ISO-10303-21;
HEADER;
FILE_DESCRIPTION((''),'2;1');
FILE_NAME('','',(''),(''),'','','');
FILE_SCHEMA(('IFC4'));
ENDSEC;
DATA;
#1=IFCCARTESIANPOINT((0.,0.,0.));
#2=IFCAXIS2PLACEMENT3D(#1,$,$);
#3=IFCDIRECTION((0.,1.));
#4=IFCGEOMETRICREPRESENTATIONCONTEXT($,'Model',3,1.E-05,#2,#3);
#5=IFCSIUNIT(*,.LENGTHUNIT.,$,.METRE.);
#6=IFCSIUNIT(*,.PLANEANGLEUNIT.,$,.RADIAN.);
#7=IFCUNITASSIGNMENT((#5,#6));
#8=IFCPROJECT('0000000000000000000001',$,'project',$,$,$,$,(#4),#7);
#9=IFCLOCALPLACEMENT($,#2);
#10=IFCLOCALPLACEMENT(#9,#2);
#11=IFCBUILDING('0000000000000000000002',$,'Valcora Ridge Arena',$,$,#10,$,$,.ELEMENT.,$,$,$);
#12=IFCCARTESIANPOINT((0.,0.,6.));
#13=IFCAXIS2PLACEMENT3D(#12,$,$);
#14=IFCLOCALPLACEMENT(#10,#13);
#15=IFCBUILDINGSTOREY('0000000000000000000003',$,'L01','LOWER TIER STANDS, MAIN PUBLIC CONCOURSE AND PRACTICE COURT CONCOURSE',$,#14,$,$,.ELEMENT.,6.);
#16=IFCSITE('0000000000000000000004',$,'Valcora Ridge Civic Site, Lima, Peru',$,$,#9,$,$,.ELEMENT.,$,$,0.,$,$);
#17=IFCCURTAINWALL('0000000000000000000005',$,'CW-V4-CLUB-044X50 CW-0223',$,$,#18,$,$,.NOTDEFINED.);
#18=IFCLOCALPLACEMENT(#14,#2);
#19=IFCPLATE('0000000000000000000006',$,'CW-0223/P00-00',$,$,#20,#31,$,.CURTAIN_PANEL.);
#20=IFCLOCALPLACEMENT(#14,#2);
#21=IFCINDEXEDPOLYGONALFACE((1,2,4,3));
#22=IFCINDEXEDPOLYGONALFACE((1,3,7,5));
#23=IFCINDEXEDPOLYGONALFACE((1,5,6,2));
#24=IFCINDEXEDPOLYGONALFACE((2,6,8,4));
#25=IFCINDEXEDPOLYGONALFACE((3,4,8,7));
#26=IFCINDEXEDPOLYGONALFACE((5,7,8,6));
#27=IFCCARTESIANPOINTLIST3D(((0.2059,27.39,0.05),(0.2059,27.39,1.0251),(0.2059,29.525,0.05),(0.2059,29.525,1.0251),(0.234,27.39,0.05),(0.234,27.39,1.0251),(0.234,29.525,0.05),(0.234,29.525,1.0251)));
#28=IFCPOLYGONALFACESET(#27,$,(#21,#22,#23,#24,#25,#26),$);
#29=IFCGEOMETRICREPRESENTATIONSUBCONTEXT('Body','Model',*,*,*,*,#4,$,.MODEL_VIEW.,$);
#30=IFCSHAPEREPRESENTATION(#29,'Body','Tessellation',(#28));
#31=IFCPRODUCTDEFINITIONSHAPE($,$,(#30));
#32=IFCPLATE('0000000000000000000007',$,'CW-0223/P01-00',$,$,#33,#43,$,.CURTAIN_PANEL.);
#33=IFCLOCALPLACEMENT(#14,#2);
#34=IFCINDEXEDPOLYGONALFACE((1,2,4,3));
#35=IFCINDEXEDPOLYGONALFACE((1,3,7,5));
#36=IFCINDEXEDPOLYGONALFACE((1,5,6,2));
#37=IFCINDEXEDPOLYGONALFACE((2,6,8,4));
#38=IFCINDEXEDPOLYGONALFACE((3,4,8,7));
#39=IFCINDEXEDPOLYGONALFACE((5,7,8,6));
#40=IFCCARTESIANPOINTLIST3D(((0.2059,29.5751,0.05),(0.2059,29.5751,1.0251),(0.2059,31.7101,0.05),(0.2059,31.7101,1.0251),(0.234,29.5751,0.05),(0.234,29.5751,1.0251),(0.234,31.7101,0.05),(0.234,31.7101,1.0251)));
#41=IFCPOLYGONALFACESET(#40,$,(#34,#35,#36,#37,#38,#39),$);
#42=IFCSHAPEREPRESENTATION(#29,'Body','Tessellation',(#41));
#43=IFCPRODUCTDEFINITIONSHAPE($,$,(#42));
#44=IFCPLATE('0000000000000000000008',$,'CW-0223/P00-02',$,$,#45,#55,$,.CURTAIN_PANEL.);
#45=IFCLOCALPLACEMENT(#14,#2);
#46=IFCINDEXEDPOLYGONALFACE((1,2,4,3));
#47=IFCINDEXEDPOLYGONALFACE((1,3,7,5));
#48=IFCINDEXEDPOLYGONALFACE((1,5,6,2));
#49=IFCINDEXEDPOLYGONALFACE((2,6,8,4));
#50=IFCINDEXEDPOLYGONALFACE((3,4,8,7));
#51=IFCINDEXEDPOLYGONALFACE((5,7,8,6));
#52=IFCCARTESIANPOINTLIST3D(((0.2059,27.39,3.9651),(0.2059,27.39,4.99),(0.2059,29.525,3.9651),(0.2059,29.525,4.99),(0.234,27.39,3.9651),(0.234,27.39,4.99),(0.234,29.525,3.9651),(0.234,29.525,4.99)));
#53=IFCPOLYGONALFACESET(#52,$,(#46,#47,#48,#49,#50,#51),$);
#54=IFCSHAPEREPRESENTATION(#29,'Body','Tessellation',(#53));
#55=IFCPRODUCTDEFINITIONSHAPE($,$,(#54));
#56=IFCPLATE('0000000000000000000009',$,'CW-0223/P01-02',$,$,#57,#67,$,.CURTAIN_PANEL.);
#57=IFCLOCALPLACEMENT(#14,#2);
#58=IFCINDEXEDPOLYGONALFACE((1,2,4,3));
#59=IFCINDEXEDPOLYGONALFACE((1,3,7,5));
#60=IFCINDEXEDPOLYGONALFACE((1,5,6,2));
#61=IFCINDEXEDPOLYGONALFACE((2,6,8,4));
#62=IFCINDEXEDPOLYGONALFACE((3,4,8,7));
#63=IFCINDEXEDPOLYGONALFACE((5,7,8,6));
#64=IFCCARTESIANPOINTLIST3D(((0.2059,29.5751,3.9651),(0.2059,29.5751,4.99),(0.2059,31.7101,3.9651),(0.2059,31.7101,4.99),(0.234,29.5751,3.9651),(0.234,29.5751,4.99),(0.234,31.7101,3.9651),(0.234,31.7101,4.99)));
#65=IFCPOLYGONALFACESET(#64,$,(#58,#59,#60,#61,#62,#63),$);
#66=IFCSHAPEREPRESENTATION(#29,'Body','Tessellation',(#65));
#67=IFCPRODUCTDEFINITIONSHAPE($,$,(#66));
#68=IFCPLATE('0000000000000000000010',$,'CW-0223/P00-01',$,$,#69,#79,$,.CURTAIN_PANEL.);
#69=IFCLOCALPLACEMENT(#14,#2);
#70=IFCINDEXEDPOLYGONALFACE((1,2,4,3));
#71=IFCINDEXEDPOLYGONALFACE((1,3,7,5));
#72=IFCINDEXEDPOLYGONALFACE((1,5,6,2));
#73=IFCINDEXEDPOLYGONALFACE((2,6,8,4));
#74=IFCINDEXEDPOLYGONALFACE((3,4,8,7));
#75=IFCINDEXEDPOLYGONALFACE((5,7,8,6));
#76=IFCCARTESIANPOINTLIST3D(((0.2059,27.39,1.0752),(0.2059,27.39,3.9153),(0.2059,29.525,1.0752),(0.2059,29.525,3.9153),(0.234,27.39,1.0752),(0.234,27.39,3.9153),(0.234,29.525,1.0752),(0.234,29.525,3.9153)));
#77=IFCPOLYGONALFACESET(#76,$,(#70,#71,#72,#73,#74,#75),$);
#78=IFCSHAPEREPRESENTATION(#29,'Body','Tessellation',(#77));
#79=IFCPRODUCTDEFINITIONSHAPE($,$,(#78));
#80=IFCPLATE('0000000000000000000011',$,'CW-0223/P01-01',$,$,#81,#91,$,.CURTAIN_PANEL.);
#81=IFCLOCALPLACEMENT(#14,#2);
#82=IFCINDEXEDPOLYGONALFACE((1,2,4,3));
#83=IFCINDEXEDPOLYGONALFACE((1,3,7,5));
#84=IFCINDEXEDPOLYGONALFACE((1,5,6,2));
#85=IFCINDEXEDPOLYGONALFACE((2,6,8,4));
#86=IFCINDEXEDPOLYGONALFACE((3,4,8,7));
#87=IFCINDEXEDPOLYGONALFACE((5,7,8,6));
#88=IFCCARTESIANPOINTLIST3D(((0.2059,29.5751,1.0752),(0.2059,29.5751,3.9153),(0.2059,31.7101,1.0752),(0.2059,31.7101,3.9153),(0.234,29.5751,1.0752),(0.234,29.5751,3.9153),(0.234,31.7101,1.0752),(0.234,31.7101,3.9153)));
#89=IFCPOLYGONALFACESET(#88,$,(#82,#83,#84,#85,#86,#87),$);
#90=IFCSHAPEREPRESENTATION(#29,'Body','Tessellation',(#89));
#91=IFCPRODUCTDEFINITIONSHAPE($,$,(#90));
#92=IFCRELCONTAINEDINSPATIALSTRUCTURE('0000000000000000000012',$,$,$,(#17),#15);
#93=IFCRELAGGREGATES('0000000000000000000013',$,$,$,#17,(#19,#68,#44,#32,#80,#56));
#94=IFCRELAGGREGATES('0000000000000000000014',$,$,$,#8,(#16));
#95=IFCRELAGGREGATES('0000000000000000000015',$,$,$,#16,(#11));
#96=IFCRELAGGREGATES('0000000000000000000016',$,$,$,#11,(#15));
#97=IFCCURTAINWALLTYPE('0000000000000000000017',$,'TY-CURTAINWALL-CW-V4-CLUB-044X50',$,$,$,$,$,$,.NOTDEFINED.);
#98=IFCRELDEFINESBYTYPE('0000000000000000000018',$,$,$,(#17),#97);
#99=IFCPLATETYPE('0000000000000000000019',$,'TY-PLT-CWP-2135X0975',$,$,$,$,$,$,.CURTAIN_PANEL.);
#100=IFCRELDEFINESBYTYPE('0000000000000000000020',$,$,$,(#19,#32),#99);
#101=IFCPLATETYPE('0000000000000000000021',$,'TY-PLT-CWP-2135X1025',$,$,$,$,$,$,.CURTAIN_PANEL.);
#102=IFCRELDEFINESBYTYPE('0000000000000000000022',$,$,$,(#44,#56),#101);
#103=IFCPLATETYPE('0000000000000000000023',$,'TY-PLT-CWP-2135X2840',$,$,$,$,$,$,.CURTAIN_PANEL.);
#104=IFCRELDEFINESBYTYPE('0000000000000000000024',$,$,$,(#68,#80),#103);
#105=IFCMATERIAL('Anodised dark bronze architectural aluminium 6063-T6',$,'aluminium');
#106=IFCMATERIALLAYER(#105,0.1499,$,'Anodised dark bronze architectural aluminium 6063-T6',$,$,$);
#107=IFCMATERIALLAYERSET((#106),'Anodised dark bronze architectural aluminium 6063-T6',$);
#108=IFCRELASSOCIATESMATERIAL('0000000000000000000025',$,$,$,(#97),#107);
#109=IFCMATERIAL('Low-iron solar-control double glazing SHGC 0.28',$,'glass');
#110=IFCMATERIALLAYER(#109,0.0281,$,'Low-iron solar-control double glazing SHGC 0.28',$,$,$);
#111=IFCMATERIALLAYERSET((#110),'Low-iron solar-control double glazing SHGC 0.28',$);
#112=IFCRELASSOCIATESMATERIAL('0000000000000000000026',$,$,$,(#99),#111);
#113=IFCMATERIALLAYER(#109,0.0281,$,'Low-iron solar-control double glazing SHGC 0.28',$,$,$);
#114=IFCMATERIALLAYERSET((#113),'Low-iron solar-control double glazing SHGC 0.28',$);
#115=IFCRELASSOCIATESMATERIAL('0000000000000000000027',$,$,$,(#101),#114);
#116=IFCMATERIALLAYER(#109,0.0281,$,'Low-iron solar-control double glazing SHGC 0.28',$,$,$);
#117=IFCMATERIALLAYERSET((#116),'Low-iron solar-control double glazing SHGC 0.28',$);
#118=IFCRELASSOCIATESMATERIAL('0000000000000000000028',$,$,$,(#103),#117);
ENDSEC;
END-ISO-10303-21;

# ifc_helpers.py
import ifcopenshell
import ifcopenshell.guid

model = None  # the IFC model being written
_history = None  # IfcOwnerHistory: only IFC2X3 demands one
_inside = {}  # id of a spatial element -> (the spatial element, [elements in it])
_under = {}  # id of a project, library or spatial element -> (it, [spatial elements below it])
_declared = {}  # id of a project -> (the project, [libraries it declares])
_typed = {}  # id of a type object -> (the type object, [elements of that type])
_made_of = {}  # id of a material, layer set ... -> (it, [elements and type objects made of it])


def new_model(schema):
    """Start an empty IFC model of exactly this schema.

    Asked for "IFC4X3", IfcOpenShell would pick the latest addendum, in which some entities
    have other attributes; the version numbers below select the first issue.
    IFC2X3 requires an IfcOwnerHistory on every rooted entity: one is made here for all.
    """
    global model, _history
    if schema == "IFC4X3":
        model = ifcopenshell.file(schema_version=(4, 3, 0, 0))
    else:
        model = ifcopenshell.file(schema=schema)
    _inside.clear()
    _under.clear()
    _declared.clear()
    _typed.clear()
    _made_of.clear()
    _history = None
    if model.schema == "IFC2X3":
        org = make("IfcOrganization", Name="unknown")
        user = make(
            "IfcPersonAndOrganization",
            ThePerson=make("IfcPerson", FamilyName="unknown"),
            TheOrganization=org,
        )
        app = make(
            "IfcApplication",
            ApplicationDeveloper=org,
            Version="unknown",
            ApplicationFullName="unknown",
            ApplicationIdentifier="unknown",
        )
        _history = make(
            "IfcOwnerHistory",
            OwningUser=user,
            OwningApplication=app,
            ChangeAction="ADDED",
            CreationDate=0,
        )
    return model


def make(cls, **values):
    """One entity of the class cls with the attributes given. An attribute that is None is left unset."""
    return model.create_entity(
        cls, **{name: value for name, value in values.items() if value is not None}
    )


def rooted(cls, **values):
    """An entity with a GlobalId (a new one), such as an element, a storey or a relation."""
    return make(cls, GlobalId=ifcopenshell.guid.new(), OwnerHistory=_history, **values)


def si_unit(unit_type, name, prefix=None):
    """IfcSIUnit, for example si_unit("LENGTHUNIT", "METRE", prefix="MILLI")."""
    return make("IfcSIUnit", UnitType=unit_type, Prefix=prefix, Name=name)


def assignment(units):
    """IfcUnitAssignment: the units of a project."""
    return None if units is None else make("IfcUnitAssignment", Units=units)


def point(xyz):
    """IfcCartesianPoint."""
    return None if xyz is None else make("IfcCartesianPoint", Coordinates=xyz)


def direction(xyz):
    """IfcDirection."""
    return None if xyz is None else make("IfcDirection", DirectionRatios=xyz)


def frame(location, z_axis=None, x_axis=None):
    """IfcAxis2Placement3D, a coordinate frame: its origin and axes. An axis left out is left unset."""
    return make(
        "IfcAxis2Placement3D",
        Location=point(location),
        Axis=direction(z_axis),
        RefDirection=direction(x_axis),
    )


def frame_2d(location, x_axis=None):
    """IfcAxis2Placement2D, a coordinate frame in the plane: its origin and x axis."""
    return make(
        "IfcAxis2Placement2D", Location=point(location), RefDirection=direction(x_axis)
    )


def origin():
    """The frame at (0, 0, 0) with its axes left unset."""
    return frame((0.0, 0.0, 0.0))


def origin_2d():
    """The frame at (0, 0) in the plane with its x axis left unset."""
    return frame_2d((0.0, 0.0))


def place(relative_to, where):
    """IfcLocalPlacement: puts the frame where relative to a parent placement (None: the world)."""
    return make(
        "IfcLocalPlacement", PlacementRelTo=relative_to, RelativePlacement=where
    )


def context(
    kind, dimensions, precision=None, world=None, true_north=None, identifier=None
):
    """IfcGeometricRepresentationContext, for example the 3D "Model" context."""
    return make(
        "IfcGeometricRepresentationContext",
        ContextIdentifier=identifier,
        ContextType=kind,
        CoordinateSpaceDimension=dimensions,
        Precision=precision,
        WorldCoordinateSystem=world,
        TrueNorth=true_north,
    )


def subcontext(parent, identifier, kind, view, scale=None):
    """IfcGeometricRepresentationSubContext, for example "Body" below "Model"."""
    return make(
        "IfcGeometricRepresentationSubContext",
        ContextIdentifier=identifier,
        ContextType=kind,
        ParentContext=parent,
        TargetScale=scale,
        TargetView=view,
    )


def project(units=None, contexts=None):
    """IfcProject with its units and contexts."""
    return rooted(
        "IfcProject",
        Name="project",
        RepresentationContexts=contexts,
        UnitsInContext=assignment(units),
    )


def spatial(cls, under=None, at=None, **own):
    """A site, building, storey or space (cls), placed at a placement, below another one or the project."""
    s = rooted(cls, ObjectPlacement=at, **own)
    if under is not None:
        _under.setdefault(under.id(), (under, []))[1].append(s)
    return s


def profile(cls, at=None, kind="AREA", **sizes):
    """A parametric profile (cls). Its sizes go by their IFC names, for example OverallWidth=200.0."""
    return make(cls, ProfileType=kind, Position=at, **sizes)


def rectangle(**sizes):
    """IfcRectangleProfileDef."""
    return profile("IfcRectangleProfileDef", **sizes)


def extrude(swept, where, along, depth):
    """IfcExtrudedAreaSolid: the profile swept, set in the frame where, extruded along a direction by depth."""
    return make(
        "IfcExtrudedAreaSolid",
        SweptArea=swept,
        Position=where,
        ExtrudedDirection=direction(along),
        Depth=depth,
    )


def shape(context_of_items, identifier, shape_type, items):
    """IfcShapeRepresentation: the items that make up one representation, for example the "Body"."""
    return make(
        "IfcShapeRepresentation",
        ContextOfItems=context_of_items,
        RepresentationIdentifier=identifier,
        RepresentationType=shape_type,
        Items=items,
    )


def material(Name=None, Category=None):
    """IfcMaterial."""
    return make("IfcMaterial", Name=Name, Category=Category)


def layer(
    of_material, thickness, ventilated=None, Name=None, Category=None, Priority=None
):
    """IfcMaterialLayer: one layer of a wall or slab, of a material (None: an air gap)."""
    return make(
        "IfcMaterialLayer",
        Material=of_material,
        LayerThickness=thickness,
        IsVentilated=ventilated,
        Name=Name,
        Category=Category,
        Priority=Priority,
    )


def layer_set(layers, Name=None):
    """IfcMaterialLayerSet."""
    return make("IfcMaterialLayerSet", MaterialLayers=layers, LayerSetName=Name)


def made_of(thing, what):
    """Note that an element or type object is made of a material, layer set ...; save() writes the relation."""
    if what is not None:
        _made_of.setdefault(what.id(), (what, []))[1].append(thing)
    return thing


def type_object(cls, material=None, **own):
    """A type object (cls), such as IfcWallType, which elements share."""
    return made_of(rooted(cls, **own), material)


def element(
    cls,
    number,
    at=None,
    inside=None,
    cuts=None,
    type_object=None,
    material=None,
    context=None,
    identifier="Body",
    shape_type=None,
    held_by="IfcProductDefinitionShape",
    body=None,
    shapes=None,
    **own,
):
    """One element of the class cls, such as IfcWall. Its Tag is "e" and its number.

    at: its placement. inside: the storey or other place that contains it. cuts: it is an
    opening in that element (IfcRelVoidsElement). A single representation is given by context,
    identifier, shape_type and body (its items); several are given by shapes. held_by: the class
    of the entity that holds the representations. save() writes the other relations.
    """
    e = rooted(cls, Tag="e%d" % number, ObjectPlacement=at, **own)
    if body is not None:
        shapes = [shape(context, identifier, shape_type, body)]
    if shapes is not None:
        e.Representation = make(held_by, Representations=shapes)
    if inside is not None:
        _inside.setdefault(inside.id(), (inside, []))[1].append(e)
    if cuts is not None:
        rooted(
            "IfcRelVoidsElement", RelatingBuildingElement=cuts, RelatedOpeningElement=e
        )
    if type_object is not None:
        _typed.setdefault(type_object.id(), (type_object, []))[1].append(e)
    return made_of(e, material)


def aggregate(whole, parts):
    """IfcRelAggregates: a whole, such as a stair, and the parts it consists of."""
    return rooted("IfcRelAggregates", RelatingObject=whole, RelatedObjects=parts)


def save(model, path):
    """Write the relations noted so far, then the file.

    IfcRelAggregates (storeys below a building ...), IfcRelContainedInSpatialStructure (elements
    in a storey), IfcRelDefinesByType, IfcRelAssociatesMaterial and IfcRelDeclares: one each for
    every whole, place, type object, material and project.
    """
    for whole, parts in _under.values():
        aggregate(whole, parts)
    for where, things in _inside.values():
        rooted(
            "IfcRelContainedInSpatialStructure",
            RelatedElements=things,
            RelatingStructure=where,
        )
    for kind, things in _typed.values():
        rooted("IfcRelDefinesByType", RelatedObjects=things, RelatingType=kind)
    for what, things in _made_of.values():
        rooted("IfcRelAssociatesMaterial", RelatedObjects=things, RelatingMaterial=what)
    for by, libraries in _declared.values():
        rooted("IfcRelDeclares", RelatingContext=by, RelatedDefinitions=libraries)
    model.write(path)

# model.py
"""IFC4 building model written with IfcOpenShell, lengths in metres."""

from ifc_helpers import new_model, si_unit, direction, frame, origin, origin_2d, place, context, subcontext, project, spatial, rectangle, extrude, material, layer, layer_set, type_object, element, aggregate, save


model = new_model("IFC4")

# Units and contexts
model_context = context("Model", 3, precision=1e-05, world=origin(), true_north=direction((0.0, 1.0)))
body_context = subcontext(model_context, "Body", "Model", "MODEL_VIEW")
ifc_project = project(units=[si_unit("LENGTHUNIT", "METRE"), si_unit("PLANEANGLEUNIT", "RADIAN")], contexts=[model_context])

# Site, building, storey
site_placement = place(None, origin())
site = spatial("IfcSite", under=ifc_project, at=site_placement, Name="Valcora Ridge Civic Site, Lima, Peru", CompositionType="ELEMENT", RefElevation=0.0)
building_placement = place(site_placement, origin())
building = spatial("IfcBuilding", under=site, at=building_placement, Name="Valcora Ridge Arena", CompositionType="ELEMENT")
storey_placement = place(building_placement, frame((0.0, 0.0, 6.0)))
storey = spatial("IfcBuildingStorey", under=building, at=storey_placement, Name="L01", Description="LOWER TIER STANDS, MAIN PUBLIC CONCOURSE AND PRACTICE COURT CONCOURSE", CompositionType="ELEMENT", Elevation=6.0)

# Curtain wall
ifc_material_1 = material(Name="Anodised dark bronze architectural aluminium 6063-T6", Category="aluminium")
ifc_layer_1 = layer(ifc_material_1, 0.1499, Name="Anodised dark bronze architectural aluminium 6063-T6")
ifc_layer_set_1 = layer_set([ifc_layer_1], Name="Anodised dark bronze architectural aluminium 6063-T6")
curtain_wall_type_1 = type_object("IfcCurtainWallType", Name="TY-CURTAINWALL-CW-V4-CLUB-044X50", PredefinedType="NOTDEFINED", material=ifc_layer_set_1)
curtain_wall_1_placement = place(storey_placement, origin())
curtain_wall_1 = element("IfcCurtainWall", 1, at=curtain_wall_1_placement, inside=storey, type_object=curtain_wall_type_1, Name="CW-V4-CLUB-044X50 CW-0223", PredefinedType="NOTDEFINED")

# Plates
ifc_material_2 = material(Name="Low-iron solar-control double glazing SHGC 0.28", Category="glass")
ifc_layer_2 = layer(ifc_material_2, 0.0281, Name="Low-iron solar-control double glazing SHGC 0.28")
ifc_layer_set_2 = layer_set([ifc_layer_2], Name="Low-iron solar-control double glazing SHGC 0.28")
plate_type_1 = type_object("IfcPlateType", Name="TY-PLT-CWP-2135X0975", PredefinedType="CURTAIN_PANEL", material=ifc_layer_set_2)
plate_1_placement = place(storey_placement, frame((0.22, 28.4575, 0.05), z_axis=(0.0, 0.0, 1.0), x_axis=(0.0, 1.0, 0.0)))
plate_1 = element("IfcPlate", 2, at=plate_1_placement, type_object=plate_type_1, Name="CW-0223/P00-00", PredefinedType="CURTAIN_PANEL", context=body_context, shape_type="SweptSolid", body=[
    extrude(rectangle(XDim=2.135, YDim=0.0281, at=origin_2d()), origin(), (0.0, 0.0, 1.0), 0.9751),
])
plate_2_placement = place(storey_placement, frame((0.22, 30.6426, 0.05), z_axis=(0.0, 0.0, 1.0), x_axis=(0.0, 1.0, 0.0)))
plate_2 = element("IfcPlate", 3, at=plate_2_placement, type_object=plate_type_1, Name="CW-0223/P01-00", PredefinedType="CURTAIN_PANEL", context=body_context, shape_type="SweptSolid", body=[
    extrude(rectangle(XDim=2.135, YDim=0.0281, at=origin_2d()), origin(), (0.0, 0.0, 1.0), 0.9751),
])
ifc_layer_3 = layer(ifc_material_2, 0.0281, Name="Low-iron solar-control double glazing SHGC 0.28")
ifc_layer_set_3 = layer_set([ifc_layer_3], Name="Low-iron solar-control double glazing SHGC 0.28")
plate_type_2 = type_object("IfcPlateType", Name="TY-PLT-CWP-2135X1025", PredefinedType="CURTAIN_PANEL", material=ifc_layer_set_3)
plate_3_placement = place(storey_placement, frame((0.22, 28.4575, 3.9651), z_axis=(0.0, 0.0, 1.0), x_axis=(0.0, 1.0, 0.0)))
plate_3 = element("IfcPlate", 4, at=plate_3_placement, type_object=plate_type_2, Name="CW-0223/P00-02", PredefinedType="CURTAIN_PANEL", context=body_context, shape_type="SweptSolid", body=[
    extrude(rectangle(XDim=2.135, YDim=0.0281, at=origin_2d()), origin(), (0.0, 0.0, 1.0), 1.0249),
])
plate_4_placement = place(storey_placement, frame((0.22, 30.6426, 3.9651), z_axis=(0.0, 0.0, 1.0), x_axis=(0.0, 1.0, 0.0)))
plate_4 = element("IfcPlate", 5, at=plate_4_placement, type_object=plate_type_2, Name="CW-0223/P01-02", PredefinedType="CURTAIN_PANEL", context=body_context, shape_type="SweptSolid", body=[
    extrude(rectangle(XDim=2.135, YDim=0.0281, at=origin_2d()), origin(), (0.0, 0.0, 1.0), 1.0249),
])
ifc_layer_4 = layer(ifc_material_2, 0.0281, Name="Low-iron solar-control double glazing SHGC 0.28")
ifc_layer_set_4 = layer_set([ifc_layer_4], Name="Low-iron solar-control double glazing SHGC 0.28")
plate_type_3 = type_object("IfcPlateType", Name="TY-PLT-CWP-2135X2840", PredefinedType="CURTAIN_PANEL", material=ifc_layer_set_4)
plate_5_placement = place(storey_placement, frame((0.22, 28.4575, 1.0752), z_axis=(0.0, 0.0, 1.0), x_axis=(0.0, 1.0, 0.0)))
plate_5 = element("IfcPlate", 6, at=plate_5_placement, type_object=plate_type_3, Name="CW-0223/P00-01", PredefinedType="CURTAIN_PANEL", context=body_context, shape_type="SweptSolid", body=[
    extrude(rectangle(XDim=2.135, YDim=0.0281, at=origin_2d()), origin(), (0.0, 0.0, 1.0), 2.8401),
])
plate_6_placement = place(storey_placement, frame((0.22, 30.6426, 1.0752), z_axis=(0.0, 0.0, 1.0), x_axis=(0.0, 1.0, 0.0)))
plate_6 = element("IfcPlate", 7, at=plate_6_placement, type_object=plate_type_3, Name="CW-0223/P01-01", PredefinedType="CURTAIN_PANEL", context=body_context, shape_type="SweptSolid", body=[
    extrude(rectangle(XDim=2.135, YDim=0.0281, at=origin_2d()), origin(), (0.0, 0.0, 1.0), 2.8401),
])
aggregate(curtain_wall_1, [plate_1, plate_5, plate_3, plate_2, plate_6, plate_4])

save(model, "model.ifc")
